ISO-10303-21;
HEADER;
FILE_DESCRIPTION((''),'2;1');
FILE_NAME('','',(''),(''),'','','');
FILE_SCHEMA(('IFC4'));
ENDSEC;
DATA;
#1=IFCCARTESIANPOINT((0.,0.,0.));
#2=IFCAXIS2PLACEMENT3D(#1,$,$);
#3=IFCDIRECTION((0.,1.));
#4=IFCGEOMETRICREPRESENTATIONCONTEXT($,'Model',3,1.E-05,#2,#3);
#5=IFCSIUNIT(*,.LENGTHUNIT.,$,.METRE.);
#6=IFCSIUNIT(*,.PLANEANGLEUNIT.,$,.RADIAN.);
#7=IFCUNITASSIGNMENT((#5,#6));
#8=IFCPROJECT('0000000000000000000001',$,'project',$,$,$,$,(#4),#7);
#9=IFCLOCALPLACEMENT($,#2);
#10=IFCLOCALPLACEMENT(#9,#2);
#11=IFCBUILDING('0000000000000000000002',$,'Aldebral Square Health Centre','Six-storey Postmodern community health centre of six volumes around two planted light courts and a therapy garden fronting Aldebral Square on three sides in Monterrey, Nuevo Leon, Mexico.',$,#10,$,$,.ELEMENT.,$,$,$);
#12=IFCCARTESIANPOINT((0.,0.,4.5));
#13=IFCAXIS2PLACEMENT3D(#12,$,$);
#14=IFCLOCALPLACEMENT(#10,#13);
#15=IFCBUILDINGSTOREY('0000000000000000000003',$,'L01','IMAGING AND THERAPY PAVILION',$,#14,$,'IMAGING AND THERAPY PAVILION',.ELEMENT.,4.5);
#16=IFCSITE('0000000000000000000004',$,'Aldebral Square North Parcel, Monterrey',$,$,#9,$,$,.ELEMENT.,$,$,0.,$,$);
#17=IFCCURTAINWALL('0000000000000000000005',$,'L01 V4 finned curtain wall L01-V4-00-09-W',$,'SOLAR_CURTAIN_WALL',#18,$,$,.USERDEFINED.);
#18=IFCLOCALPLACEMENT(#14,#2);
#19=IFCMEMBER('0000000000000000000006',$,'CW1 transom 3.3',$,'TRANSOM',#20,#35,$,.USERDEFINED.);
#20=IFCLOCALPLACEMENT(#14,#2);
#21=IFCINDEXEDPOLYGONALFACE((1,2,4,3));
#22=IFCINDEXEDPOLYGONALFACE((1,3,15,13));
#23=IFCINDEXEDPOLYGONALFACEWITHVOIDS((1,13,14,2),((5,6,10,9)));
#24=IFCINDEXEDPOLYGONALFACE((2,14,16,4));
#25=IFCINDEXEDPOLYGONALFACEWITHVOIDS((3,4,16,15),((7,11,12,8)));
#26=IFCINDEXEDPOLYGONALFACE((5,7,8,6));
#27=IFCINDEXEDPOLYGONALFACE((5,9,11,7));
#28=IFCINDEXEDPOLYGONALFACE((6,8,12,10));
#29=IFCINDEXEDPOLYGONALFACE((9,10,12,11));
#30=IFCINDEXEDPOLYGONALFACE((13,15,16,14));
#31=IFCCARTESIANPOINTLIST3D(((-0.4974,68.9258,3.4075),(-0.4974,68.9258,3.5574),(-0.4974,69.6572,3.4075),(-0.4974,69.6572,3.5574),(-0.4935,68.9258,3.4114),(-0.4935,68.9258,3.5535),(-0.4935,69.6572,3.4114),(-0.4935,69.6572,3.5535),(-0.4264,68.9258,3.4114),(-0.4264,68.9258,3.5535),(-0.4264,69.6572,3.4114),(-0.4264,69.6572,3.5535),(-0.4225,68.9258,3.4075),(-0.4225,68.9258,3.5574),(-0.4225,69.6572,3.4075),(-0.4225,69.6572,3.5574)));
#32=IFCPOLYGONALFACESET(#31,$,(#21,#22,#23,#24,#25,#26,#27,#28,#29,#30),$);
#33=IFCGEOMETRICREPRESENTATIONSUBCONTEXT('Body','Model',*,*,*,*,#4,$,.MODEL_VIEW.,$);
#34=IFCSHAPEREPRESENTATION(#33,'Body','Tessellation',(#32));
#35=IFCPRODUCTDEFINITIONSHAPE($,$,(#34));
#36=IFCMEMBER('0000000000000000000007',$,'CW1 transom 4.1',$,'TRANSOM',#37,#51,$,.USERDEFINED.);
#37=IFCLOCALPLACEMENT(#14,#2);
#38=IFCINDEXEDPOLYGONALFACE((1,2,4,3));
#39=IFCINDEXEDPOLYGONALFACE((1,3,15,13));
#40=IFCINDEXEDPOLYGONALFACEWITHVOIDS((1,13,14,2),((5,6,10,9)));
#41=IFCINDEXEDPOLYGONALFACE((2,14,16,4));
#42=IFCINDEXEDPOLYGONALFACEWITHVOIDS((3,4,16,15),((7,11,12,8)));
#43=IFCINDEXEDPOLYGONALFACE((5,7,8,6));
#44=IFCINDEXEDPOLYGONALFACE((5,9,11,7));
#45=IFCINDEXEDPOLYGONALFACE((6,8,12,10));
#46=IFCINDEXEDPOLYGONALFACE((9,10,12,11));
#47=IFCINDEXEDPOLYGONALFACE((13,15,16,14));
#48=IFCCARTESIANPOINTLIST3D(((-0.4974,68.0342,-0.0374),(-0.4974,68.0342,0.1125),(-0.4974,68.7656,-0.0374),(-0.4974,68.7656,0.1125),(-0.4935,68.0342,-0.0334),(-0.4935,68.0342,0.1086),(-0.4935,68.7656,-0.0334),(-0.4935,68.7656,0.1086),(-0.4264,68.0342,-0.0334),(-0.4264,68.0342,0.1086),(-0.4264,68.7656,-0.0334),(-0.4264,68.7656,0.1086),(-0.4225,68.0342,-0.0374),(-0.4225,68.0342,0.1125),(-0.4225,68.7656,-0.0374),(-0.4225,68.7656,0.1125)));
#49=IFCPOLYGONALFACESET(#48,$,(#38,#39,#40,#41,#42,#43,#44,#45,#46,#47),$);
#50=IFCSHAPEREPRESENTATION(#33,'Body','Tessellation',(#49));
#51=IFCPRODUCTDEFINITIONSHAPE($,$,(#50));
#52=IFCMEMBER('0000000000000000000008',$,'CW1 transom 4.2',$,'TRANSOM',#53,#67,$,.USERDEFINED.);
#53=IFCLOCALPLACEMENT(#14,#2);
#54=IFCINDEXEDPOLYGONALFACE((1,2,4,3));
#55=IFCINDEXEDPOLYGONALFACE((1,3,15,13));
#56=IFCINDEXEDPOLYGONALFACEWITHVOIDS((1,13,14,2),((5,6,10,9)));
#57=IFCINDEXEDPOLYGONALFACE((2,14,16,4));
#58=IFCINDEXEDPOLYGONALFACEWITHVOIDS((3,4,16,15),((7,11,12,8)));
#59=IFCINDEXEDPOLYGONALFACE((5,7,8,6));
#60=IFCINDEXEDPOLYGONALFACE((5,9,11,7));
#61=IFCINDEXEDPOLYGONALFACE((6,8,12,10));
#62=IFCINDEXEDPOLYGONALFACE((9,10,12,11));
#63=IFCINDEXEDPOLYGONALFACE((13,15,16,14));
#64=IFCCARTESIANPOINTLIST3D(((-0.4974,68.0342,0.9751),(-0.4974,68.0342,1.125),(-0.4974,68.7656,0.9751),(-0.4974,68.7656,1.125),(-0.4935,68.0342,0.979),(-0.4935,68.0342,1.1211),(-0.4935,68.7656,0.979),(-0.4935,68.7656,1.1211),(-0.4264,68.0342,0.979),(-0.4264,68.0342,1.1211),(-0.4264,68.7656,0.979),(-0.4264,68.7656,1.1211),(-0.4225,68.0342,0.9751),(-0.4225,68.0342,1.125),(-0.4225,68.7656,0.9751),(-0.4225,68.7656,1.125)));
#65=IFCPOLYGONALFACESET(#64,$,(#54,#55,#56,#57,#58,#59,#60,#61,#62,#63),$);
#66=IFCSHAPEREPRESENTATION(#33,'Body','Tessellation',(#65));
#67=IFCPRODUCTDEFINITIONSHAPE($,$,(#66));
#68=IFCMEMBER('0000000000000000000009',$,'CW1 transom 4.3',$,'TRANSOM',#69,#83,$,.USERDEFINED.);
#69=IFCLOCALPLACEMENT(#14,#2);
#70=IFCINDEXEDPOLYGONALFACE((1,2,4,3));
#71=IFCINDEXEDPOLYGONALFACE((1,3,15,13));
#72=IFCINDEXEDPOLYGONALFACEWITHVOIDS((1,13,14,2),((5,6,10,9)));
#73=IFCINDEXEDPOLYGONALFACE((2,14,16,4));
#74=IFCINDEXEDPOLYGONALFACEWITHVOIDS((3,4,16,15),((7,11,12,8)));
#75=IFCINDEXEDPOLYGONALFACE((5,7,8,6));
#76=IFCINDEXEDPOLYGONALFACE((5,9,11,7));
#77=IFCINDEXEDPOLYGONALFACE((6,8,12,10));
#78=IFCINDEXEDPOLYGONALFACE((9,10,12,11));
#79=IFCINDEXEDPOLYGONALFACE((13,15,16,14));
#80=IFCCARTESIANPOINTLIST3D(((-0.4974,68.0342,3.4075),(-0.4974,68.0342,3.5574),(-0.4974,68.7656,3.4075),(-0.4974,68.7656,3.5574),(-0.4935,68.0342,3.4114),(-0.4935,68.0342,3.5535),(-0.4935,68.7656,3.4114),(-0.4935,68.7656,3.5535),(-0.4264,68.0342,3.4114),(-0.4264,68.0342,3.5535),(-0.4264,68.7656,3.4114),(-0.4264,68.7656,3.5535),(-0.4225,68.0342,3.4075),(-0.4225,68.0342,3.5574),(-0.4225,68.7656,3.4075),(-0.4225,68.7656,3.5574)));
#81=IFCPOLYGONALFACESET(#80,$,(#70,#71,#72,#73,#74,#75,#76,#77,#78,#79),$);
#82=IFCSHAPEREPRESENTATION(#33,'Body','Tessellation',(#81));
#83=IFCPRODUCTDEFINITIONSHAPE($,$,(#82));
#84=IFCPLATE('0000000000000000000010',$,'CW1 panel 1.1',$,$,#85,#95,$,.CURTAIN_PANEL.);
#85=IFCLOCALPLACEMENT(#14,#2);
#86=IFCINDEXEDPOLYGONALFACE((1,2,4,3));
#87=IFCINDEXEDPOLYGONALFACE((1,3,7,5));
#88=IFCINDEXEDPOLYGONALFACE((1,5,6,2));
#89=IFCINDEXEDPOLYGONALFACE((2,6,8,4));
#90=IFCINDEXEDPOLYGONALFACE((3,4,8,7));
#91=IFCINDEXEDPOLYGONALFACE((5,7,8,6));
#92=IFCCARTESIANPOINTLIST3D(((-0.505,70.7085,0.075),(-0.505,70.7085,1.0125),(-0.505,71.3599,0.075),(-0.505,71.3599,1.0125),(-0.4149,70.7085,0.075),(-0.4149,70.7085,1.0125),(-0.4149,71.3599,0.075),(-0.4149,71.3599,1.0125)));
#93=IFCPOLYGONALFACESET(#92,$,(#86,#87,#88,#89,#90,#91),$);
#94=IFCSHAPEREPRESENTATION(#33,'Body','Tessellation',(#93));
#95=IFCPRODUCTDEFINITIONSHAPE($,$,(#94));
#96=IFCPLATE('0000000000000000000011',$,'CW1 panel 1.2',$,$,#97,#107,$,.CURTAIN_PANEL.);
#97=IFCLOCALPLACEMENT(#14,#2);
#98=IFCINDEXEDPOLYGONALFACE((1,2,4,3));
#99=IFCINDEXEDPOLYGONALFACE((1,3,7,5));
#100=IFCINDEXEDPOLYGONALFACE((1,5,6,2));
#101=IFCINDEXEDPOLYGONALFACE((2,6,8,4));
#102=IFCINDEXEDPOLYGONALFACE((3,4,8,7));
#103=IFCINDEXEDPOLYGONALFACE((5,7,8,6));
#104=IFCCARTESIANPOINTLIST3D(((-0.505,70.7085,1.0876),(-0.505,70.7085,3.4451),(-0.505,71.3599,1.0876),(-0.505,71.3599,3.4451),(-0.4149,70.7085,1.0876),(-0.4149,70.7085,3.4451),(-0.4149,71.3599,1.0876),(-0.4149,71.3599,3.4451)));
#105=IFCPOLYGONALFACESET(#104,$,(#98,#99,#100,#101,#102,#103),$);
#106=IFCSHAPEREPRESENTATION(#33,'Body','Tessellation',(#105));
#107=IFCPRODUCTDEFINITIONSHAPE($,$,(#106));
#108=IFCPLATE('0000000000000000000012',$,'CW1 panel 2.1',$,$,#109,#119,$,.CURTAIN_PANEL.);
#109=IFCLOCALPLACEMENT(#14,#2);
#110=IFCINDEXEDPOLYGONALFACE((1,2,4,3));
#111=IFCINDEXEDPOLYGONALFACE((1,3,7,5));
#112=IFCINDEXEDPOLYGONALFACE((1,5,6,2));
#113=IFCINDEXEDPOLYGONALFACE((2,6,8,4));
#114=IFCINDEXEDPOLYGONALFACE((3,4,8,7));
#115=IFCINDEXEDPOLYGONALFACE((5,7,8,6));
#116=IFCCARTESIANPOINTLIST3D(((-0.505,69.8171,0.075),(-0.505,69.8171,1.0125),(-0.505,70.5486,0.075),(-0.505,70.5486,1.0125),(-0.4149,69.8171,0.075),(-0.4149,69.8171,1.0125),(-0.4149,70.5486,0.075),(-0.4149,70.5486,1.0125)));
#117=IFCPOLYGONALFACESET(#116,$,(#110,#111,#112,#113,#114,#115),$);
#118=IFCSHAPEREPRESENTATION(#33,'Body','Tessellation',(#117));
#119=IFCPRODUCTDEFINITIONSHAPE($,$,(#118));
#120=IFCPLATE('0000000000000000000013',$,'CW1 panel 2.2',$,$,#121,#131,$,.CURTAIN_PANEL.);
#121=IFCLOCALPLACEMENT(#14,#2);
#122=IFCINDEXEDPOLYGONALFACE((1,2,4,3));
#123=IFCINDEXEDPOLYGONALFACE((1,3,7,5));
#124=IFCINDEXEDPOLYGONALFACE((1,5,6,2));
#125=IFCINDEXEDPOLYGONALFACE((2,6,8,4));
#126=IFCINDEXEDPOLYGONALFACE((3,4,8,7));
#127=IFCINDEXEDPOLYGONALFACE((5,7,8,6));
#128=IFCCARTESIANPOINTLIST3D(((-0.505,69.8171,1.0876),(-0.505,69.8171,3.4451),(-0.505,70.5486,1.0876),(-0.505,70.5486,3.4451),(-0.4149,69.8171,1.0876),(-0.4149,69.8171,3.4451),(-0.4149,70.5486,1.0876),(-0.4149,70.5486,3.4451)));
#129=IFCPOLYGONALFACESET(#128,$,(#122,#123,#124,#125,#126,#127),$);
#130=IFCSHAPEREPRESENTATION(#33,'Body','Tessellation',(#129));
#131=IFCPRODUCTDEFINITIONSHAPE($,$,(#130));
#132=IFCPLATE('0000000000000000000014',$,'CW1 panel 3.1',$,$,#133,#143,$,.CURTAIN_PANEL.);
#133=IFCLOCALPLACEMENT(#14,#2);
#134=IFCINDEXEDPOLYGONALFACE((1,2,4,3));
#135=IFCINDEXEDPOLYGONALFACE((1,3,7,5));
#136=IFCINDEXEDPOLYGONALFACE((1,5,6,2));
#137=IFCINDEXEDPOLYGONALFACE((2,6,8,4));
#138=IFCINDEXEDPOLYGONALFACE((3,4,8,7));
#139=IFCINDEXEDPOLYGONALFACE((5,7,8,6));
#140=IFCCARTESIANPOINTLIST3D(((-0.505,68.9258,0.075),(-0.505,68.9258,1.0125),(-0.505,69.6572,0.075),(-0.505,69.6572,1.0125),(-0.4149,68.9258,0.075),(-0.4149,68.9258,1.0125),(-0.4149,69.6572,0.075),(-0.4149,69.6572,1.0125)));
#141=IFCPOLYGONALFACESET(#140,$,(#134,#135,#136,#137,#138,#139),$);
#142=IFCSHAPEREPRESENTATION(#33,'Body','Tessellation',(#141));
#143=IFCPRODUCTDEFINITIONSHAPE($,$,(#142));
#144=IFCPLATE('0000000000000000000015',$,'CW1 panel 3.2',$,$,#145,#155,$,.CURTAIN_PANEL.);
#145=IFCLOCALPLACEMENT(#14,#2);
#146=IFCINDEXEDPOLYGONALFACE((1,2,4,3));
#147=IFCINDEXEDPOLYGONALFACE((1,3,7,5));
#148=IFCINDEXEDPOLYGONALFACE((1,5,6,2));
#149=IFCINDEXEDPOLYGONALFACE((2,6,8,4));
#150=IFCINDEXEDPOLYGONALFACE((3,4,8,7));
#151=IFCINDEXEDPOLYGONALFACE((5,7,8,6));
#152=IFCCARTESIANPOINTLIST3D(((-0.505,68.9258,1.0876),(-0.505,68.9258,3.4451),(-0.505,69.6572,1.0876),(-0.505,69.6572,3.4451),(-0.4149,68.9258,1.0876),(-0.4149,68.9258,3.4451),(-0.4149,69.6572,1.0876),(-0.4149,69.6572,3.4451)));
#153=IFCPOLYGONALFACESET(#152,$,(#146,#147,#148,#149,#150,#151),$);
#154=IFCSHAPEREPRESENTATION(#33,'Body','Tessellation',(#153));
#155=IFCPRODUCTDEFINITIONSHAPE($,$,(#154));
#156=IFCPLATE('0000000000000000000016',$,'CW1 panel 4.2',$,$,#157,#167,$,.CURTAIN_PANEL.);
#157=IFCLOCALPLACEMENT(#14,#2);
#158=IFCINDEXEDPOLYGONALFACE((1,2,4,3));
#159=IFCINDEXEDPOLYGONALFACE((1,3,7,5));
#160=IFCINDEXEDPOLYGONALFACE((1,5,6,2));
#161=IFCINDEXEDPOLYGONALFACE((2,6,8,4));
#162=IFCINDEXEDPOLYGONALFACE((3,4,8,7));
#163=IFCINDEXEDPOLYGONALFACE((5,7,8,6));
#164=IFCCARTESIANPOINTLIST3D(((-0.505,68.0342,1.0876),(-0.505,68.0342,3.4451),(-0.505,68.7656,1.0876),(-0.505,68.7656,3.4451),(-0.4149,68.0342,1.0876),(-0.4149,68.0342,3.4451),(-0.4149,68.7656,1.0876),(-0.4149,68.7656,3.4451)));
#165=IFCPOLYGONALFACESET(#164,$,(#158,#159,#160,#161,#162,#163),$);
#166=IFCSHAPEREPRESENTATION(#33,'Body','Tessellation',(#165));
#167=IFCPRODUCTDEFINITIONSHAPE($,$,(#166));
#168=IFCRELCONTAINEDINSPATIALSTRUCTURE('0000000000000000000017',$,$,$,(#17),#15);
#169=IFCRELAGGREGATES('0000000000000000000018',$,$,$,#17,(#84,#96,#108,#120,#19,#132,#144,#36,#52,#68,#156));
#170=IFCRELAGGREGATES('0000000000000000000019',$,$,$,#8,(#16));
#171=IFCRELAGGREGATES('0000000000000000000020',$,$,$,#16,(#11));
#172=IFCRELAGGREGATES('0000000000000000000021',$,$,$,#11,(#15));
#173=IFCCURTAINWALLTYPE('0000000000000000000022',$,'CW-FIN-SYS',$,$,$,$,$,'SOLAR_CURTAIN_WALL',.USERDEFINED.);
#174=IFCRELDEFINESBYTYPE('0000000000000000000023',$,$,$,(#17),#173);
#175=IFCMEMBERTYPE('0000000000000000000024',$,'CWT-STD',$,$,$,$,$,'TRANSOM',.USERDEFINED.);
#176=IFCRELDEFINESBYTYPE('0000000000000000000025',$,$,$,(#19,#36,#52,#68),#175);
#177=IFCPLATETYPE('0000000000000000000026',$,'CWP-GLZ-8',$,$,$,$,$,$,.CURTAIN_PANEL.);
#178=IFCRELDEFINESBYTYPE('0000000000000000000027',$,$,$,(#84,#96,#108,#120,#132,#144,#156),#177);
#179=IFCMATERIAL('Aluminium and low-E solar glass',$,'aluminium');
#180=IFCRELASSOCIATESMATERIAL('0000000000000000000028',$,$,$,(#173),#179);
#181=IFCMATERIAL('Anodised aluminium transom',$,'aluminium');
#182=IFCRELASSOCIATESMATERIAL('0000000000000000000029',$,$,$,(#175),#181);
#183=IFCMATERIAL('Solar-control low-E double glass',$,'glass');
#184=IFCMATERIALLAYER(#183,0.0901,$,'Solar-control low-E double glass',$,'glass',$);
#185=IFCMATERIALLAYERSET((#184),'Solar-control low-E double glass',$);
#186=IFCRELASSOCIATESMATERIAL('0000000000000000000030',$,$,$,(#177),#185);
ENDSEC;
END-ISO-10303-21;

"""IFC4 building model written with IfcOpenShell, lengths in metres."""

from ifc_helpers import new_model, si_unit, direction, frame, origin, origin_2d, place, context, subcontext, project, spatial, rectangle, hollow_rectangle, extrude, material, layer, layer_set, material_profile, profile_set, type_object, element, aggregate, save


model = new_model("IFC4")

# Units and contexts
model_context = context("Model", 3, precision=1e-05, world=origin(), true_north=direction((0.0, 1.0)))
body_context = subcontext(model_context, "Body", "Model", "MODEL_VIEW")
ifc_project = project(units=[si_unit("LENGTHUNIT", "METRE"), si_unit("PLANEANGLEUNIT", "RADIAN")], contexts=[model_context])

# Site, building, storey
site_placement = place(None, origin())
site = spatial("IfcSite", under=ifc_project, at=site_placement, Name="Aldebral Square North Parcel, Monterrey", CompositionType="ELEMENT", RefElevation=0.0)
building_placement = place(site_placement, origin())
building = spatial("IfcBuilding", under=site, at=building_placement, Name="Aldebral Square Health Centre", Description="Six-storey Postmodern community health centre of six volumes around two planted light courts and a therapy garden fronting Aldebral Square on three sides in Monterrey, Nuevo Leon, Mexico.", CompositionType="ELEMENT")
storey_placement = place(building_placement, frame((0.0, 0.0, 4.5)))
storey = spatial("IfcBuildingStorey", under=building, at=storey_placement, Name="L01", Description="IMAGING AND THERAPY PAVILION", LongName="IMAGING AND THERAPY PAVILION", CompositionType="ELEMENT", Elevation=4.5)

# Curtain wall, members, plates
ifc_material_1 = material(Name="Aluminium and low-E solar glass", Category="aluminium")
curtain_wall_type = type_object("IfcCurtainWallType", Name="CW-FIN-SYS", ElementType="SOLAR_CURTAIN_WALL", PredefinedType="USERDEFINED", material=ifc_material_1)
curtain_wall_placement = place(storey_placement, origin())
curtain_wall = element("IfcCurtainWall", 1, at=curtain_wall_placement, inside=storey, type_object=curtain_wall_type, Name="L01 V4 finned curtain wall L01-V4-00-09-W", ObjectType="SOLAR_CURTAIN_WALL", PredefinedType="USERDEFINED")
ifc_material_2 = material(Name="Anodised aluminium transom", Category="aluminium")
ifc_material_profile_1 = material_profile(ifc_material_2, hollow_rectangle(XDim=0.075, YDim=0.1499, WallThickness=0.0039, at=origin_2d()), Name="CWT 75x150x4")
ifc_profile_set_1 = profile_set([ifc_material_profile_1], Name="Anodised aluminium transom")
member_type_1 = type_object("IfcMemberType", Name="CWT-STD", ElementType="TRANSOM", PredefinedType="USERDEFINED", material=ifc_profile_set_1)
member_1_placement = place(storey_placement, frame((-0.46, 69.6572, 3.4824), z_axis=(0.0, -1.0, 0.0), x_axis=(1.0, 0.0, 0.0)))
member_1 = element("IfcMember", 2, at=member_1_placement, type_object=member_type_1, Name="CW1 transom 3.3", ObjectType="TRANSOM", PredefinedType="USERDEFINED", context=body_context, shape_type="SweptSolid", body=[
    extrude(hollow_rectangle(XDim=0.075, YDim=0.1499, WallThickness=0.0039, at=origin_2d()), origin(), (0.0, 0.0, 1.0), 0.7314),
])
member_2_placement = place(storey_placement, frame((-0.46, 68.7656, 0.0376), z_axis=(0.0, -1.0, 0.0), x_axis=(1.0, 0.0, 0.0)))
member_2 = element("IfcMember", 3, at=member_2_placement, type_object=member_type_1, Name="CW1 transom 4.1", ObjectType="TRANSOM", PredefinedType="USERDEFINED", context=body_context, shape_type="SweptSolid", body=[
    extrude(hollow_rectangle(XDim=0.075, YDim=0.1499, WallThickness=0.0039, at=origin_2d()), origin(), (0.0, 0.0, 1.0), 0.7314),
])
member_3_placement = place(storey_placement, frame((-0.46, 68.7656, 1.05), z_axis=(0.0, -1.0, 0.0), x_axis=(1.0, 0.0, 0.0)))
member_3 = element("IfcMember", 4, at=member_3_placement, type_object=member_type_1, Name="CW1 transom 4.2", ObjectType="TRANSOM", PredefinedType="USERDEFINED", context=body_context, shape_type="SweptSolid", body=[
    extrude(hollow_rectangle(XDim=0.075, YDim=0.1499, WallThickness=0.0039, at=origin_2d()), origin(), (0.0, 0.0, 1.0), 0.7314),
])
member_4_placement = place(storey_placement, frame((-0.46, 68.7656, 3.4824), z_axis=(0.0, -1.0, 0.0), x_axis=(1.0, 0.0, 0.0)))
member_4 = element("IfcMember", 5, at=member_4_placement, type_object=member_type_1, Name="CW1 transom 4.3", ObjectType="TRANSOM", PredefinedType="USERDEFINED", context=body_context, shape_type="SweptSolid", body=[
    extrude(hollow_rectangle(XDim=0.075, YDim=0.1499, WallThickness=0.0039, at=origin_2d()), origin(), (0.0, 0.0, 1.0), 0.7314),
])
ifc_material_3 = material(Name="Solar-control low-E double glass", Category="glass")
ifc_layer = layer(ifc_material_3, 0.0901, Name="Solar-control low-E double glass", Category="glass")
ifc_layer_set = layer_set([ifc_layer], Name="Solar-control low-E double glass")
plate_type = type_object("IfcPlateType", Name="CWP-GLZ-8", PredefinedType="CURTAIN_PANEL", material=ifc_layer_set)
plate_1_placement = place(storey_placement, frame((-0.46, 71.0342, 0.075), z_axis=(0.0, 0.0, 1.0), x_axis=(0.0, -1.0, 0.0)))
plate_1 = element("IfcPlate", 6, at=plate_1_placement, type_object=plate_type, Name="CW1 panel 1.1", PredefinedType="CURTAIN_PANEL", context=body_context, shape_type="SweptSolid", body=[
    extrude(rectangle(XDim=0.6514, YDim=0.0901, at=origin_2d()), origin(), (0.0, 0.0, 1.0), 0.9375),
])
plate_2_placement = place(storey_placement, frame((-0.46, 71.0342, 1.0876), z_axis=(0.0, 0.0, 1.0), x_axis=(0.0, -1.0, 0.0)))
plate_2 = element("IfcPlate", 7, at=plate_2_placement, type_object=plate_type, Name="CW1 panel 1.2", PredefinedType="CURTAIN_PANEL", context=body_context, shape_type="SweptSolid", body=[
    extrude(rectangle(XDim=0.6514, YDim=0.0901, at=origin_2d()), origin(), (0.0, 0.0, 1.0), 2.3574),
])
plate_3_placement = place(storey_placement, frame((-0.46, 70.1829, 0.075), z_axis=(0.0, 0.0, 1.0), x_axis=(0.0, -1.0, 0.0)))
plate_3 = element("IfcPlate", 8, at=plate_3_placement, type_object=plate_type, Name="CW1 panel 2.1", PredefinedType="CURTAIN_PANEL", context=body_context, shape_type="SweptSolid", body=[
    extrude(rectangle(XDim=0.7314, YDim=0.0901, at=origin_2d()), origin(), (0.0, 0.0, 1.0), 0.9375),
])
plate_4_placement = place(storey_placement, frame((-0.46, 70.1829, 1.0876), z_axis=(0.0, 0.0, 1.0), x_axis=(0.0, -1.0, 0.0)))
plate_4 = element("IfcPlate", 9, at=plate_4_placement, type_object=plate_type, Name="CW1 panel 2.2", PredefinedType="CURTAIN_PANEL", context=body_context, shape_type="SweptSolid", body=[
    extrude(rectangle(XDim=0.7314, YDim=0.0901, at=origin_2d()), origin(), (0.0, 0.0, 1.0), 2.3574),
])
plate_5_placement = place(storey_placement, frame((-0.46, 69.2915, 0.075), z_axis=(0.0, 0.0, 1.0), x_axis=(0.0, -1.0, 0.0)))
plate_5 = element("IfcPlate", 10, at=plate_5_placement, type_object=plate_type, Name="CW1 panel 3.1", PredefinedType="CURTAIN_PANEL", context=body_context, shape_type="SweptSolid", body=[
    extrude(rectangle(XDim=0.7314, YDim=0.0901, at=origin_2d()), origin(), (0.0, 0.0, 1.0), 0.9375),
])
plate_6_placement = place(storey_placement, frame((-0.46, 69.2915, 1.0876), z_axis=(0.0, 0.0, 1.0), x_axis=(0.0, -1.0, 0.0)))
plate_6 = element("IfcPlate", 11, at=plate_6_placement, type_object=plate_type, Name="CW1 panel 3.2", PredefinedType="CURTAIN_PANEL", context=body_context, shape_type="SweptSolid", body=[
    extrude(rectangle(XDim=0.7314, YDim=0.0901, at=origin_2d()), origin(), (0.0, 0.0, 1.0), 2.3574),
])
plate_7_placement = place(storey_placement, frame((-0.46, 68.3999, 1.0876), z_axis=(0.0, 0.0, 1.0), x_axis=(0.0, -1.0, 0.0)))
plate_7 = element("IfcPlate", 12, at=plate_7_placement, type_object=plate_type, Name="CW1 panel 4.2", PredefinedType="CURTAIN_PANEL", context=body_context, shape_type="SweptSolid", body=[
    extrude(rectangle(XDim=0.7314, YDim=0.0901, at=origin_2d()), origin(), (0.0, 0.0, 1.0), 2.3574),
])
aggregate(curtain_wall, [plate_1, plate_2, plate_3, plate_4, member_1, plate_5, plate_6, member_2, member_3, member_4, plate_7])

save(model, "model.ifc")
